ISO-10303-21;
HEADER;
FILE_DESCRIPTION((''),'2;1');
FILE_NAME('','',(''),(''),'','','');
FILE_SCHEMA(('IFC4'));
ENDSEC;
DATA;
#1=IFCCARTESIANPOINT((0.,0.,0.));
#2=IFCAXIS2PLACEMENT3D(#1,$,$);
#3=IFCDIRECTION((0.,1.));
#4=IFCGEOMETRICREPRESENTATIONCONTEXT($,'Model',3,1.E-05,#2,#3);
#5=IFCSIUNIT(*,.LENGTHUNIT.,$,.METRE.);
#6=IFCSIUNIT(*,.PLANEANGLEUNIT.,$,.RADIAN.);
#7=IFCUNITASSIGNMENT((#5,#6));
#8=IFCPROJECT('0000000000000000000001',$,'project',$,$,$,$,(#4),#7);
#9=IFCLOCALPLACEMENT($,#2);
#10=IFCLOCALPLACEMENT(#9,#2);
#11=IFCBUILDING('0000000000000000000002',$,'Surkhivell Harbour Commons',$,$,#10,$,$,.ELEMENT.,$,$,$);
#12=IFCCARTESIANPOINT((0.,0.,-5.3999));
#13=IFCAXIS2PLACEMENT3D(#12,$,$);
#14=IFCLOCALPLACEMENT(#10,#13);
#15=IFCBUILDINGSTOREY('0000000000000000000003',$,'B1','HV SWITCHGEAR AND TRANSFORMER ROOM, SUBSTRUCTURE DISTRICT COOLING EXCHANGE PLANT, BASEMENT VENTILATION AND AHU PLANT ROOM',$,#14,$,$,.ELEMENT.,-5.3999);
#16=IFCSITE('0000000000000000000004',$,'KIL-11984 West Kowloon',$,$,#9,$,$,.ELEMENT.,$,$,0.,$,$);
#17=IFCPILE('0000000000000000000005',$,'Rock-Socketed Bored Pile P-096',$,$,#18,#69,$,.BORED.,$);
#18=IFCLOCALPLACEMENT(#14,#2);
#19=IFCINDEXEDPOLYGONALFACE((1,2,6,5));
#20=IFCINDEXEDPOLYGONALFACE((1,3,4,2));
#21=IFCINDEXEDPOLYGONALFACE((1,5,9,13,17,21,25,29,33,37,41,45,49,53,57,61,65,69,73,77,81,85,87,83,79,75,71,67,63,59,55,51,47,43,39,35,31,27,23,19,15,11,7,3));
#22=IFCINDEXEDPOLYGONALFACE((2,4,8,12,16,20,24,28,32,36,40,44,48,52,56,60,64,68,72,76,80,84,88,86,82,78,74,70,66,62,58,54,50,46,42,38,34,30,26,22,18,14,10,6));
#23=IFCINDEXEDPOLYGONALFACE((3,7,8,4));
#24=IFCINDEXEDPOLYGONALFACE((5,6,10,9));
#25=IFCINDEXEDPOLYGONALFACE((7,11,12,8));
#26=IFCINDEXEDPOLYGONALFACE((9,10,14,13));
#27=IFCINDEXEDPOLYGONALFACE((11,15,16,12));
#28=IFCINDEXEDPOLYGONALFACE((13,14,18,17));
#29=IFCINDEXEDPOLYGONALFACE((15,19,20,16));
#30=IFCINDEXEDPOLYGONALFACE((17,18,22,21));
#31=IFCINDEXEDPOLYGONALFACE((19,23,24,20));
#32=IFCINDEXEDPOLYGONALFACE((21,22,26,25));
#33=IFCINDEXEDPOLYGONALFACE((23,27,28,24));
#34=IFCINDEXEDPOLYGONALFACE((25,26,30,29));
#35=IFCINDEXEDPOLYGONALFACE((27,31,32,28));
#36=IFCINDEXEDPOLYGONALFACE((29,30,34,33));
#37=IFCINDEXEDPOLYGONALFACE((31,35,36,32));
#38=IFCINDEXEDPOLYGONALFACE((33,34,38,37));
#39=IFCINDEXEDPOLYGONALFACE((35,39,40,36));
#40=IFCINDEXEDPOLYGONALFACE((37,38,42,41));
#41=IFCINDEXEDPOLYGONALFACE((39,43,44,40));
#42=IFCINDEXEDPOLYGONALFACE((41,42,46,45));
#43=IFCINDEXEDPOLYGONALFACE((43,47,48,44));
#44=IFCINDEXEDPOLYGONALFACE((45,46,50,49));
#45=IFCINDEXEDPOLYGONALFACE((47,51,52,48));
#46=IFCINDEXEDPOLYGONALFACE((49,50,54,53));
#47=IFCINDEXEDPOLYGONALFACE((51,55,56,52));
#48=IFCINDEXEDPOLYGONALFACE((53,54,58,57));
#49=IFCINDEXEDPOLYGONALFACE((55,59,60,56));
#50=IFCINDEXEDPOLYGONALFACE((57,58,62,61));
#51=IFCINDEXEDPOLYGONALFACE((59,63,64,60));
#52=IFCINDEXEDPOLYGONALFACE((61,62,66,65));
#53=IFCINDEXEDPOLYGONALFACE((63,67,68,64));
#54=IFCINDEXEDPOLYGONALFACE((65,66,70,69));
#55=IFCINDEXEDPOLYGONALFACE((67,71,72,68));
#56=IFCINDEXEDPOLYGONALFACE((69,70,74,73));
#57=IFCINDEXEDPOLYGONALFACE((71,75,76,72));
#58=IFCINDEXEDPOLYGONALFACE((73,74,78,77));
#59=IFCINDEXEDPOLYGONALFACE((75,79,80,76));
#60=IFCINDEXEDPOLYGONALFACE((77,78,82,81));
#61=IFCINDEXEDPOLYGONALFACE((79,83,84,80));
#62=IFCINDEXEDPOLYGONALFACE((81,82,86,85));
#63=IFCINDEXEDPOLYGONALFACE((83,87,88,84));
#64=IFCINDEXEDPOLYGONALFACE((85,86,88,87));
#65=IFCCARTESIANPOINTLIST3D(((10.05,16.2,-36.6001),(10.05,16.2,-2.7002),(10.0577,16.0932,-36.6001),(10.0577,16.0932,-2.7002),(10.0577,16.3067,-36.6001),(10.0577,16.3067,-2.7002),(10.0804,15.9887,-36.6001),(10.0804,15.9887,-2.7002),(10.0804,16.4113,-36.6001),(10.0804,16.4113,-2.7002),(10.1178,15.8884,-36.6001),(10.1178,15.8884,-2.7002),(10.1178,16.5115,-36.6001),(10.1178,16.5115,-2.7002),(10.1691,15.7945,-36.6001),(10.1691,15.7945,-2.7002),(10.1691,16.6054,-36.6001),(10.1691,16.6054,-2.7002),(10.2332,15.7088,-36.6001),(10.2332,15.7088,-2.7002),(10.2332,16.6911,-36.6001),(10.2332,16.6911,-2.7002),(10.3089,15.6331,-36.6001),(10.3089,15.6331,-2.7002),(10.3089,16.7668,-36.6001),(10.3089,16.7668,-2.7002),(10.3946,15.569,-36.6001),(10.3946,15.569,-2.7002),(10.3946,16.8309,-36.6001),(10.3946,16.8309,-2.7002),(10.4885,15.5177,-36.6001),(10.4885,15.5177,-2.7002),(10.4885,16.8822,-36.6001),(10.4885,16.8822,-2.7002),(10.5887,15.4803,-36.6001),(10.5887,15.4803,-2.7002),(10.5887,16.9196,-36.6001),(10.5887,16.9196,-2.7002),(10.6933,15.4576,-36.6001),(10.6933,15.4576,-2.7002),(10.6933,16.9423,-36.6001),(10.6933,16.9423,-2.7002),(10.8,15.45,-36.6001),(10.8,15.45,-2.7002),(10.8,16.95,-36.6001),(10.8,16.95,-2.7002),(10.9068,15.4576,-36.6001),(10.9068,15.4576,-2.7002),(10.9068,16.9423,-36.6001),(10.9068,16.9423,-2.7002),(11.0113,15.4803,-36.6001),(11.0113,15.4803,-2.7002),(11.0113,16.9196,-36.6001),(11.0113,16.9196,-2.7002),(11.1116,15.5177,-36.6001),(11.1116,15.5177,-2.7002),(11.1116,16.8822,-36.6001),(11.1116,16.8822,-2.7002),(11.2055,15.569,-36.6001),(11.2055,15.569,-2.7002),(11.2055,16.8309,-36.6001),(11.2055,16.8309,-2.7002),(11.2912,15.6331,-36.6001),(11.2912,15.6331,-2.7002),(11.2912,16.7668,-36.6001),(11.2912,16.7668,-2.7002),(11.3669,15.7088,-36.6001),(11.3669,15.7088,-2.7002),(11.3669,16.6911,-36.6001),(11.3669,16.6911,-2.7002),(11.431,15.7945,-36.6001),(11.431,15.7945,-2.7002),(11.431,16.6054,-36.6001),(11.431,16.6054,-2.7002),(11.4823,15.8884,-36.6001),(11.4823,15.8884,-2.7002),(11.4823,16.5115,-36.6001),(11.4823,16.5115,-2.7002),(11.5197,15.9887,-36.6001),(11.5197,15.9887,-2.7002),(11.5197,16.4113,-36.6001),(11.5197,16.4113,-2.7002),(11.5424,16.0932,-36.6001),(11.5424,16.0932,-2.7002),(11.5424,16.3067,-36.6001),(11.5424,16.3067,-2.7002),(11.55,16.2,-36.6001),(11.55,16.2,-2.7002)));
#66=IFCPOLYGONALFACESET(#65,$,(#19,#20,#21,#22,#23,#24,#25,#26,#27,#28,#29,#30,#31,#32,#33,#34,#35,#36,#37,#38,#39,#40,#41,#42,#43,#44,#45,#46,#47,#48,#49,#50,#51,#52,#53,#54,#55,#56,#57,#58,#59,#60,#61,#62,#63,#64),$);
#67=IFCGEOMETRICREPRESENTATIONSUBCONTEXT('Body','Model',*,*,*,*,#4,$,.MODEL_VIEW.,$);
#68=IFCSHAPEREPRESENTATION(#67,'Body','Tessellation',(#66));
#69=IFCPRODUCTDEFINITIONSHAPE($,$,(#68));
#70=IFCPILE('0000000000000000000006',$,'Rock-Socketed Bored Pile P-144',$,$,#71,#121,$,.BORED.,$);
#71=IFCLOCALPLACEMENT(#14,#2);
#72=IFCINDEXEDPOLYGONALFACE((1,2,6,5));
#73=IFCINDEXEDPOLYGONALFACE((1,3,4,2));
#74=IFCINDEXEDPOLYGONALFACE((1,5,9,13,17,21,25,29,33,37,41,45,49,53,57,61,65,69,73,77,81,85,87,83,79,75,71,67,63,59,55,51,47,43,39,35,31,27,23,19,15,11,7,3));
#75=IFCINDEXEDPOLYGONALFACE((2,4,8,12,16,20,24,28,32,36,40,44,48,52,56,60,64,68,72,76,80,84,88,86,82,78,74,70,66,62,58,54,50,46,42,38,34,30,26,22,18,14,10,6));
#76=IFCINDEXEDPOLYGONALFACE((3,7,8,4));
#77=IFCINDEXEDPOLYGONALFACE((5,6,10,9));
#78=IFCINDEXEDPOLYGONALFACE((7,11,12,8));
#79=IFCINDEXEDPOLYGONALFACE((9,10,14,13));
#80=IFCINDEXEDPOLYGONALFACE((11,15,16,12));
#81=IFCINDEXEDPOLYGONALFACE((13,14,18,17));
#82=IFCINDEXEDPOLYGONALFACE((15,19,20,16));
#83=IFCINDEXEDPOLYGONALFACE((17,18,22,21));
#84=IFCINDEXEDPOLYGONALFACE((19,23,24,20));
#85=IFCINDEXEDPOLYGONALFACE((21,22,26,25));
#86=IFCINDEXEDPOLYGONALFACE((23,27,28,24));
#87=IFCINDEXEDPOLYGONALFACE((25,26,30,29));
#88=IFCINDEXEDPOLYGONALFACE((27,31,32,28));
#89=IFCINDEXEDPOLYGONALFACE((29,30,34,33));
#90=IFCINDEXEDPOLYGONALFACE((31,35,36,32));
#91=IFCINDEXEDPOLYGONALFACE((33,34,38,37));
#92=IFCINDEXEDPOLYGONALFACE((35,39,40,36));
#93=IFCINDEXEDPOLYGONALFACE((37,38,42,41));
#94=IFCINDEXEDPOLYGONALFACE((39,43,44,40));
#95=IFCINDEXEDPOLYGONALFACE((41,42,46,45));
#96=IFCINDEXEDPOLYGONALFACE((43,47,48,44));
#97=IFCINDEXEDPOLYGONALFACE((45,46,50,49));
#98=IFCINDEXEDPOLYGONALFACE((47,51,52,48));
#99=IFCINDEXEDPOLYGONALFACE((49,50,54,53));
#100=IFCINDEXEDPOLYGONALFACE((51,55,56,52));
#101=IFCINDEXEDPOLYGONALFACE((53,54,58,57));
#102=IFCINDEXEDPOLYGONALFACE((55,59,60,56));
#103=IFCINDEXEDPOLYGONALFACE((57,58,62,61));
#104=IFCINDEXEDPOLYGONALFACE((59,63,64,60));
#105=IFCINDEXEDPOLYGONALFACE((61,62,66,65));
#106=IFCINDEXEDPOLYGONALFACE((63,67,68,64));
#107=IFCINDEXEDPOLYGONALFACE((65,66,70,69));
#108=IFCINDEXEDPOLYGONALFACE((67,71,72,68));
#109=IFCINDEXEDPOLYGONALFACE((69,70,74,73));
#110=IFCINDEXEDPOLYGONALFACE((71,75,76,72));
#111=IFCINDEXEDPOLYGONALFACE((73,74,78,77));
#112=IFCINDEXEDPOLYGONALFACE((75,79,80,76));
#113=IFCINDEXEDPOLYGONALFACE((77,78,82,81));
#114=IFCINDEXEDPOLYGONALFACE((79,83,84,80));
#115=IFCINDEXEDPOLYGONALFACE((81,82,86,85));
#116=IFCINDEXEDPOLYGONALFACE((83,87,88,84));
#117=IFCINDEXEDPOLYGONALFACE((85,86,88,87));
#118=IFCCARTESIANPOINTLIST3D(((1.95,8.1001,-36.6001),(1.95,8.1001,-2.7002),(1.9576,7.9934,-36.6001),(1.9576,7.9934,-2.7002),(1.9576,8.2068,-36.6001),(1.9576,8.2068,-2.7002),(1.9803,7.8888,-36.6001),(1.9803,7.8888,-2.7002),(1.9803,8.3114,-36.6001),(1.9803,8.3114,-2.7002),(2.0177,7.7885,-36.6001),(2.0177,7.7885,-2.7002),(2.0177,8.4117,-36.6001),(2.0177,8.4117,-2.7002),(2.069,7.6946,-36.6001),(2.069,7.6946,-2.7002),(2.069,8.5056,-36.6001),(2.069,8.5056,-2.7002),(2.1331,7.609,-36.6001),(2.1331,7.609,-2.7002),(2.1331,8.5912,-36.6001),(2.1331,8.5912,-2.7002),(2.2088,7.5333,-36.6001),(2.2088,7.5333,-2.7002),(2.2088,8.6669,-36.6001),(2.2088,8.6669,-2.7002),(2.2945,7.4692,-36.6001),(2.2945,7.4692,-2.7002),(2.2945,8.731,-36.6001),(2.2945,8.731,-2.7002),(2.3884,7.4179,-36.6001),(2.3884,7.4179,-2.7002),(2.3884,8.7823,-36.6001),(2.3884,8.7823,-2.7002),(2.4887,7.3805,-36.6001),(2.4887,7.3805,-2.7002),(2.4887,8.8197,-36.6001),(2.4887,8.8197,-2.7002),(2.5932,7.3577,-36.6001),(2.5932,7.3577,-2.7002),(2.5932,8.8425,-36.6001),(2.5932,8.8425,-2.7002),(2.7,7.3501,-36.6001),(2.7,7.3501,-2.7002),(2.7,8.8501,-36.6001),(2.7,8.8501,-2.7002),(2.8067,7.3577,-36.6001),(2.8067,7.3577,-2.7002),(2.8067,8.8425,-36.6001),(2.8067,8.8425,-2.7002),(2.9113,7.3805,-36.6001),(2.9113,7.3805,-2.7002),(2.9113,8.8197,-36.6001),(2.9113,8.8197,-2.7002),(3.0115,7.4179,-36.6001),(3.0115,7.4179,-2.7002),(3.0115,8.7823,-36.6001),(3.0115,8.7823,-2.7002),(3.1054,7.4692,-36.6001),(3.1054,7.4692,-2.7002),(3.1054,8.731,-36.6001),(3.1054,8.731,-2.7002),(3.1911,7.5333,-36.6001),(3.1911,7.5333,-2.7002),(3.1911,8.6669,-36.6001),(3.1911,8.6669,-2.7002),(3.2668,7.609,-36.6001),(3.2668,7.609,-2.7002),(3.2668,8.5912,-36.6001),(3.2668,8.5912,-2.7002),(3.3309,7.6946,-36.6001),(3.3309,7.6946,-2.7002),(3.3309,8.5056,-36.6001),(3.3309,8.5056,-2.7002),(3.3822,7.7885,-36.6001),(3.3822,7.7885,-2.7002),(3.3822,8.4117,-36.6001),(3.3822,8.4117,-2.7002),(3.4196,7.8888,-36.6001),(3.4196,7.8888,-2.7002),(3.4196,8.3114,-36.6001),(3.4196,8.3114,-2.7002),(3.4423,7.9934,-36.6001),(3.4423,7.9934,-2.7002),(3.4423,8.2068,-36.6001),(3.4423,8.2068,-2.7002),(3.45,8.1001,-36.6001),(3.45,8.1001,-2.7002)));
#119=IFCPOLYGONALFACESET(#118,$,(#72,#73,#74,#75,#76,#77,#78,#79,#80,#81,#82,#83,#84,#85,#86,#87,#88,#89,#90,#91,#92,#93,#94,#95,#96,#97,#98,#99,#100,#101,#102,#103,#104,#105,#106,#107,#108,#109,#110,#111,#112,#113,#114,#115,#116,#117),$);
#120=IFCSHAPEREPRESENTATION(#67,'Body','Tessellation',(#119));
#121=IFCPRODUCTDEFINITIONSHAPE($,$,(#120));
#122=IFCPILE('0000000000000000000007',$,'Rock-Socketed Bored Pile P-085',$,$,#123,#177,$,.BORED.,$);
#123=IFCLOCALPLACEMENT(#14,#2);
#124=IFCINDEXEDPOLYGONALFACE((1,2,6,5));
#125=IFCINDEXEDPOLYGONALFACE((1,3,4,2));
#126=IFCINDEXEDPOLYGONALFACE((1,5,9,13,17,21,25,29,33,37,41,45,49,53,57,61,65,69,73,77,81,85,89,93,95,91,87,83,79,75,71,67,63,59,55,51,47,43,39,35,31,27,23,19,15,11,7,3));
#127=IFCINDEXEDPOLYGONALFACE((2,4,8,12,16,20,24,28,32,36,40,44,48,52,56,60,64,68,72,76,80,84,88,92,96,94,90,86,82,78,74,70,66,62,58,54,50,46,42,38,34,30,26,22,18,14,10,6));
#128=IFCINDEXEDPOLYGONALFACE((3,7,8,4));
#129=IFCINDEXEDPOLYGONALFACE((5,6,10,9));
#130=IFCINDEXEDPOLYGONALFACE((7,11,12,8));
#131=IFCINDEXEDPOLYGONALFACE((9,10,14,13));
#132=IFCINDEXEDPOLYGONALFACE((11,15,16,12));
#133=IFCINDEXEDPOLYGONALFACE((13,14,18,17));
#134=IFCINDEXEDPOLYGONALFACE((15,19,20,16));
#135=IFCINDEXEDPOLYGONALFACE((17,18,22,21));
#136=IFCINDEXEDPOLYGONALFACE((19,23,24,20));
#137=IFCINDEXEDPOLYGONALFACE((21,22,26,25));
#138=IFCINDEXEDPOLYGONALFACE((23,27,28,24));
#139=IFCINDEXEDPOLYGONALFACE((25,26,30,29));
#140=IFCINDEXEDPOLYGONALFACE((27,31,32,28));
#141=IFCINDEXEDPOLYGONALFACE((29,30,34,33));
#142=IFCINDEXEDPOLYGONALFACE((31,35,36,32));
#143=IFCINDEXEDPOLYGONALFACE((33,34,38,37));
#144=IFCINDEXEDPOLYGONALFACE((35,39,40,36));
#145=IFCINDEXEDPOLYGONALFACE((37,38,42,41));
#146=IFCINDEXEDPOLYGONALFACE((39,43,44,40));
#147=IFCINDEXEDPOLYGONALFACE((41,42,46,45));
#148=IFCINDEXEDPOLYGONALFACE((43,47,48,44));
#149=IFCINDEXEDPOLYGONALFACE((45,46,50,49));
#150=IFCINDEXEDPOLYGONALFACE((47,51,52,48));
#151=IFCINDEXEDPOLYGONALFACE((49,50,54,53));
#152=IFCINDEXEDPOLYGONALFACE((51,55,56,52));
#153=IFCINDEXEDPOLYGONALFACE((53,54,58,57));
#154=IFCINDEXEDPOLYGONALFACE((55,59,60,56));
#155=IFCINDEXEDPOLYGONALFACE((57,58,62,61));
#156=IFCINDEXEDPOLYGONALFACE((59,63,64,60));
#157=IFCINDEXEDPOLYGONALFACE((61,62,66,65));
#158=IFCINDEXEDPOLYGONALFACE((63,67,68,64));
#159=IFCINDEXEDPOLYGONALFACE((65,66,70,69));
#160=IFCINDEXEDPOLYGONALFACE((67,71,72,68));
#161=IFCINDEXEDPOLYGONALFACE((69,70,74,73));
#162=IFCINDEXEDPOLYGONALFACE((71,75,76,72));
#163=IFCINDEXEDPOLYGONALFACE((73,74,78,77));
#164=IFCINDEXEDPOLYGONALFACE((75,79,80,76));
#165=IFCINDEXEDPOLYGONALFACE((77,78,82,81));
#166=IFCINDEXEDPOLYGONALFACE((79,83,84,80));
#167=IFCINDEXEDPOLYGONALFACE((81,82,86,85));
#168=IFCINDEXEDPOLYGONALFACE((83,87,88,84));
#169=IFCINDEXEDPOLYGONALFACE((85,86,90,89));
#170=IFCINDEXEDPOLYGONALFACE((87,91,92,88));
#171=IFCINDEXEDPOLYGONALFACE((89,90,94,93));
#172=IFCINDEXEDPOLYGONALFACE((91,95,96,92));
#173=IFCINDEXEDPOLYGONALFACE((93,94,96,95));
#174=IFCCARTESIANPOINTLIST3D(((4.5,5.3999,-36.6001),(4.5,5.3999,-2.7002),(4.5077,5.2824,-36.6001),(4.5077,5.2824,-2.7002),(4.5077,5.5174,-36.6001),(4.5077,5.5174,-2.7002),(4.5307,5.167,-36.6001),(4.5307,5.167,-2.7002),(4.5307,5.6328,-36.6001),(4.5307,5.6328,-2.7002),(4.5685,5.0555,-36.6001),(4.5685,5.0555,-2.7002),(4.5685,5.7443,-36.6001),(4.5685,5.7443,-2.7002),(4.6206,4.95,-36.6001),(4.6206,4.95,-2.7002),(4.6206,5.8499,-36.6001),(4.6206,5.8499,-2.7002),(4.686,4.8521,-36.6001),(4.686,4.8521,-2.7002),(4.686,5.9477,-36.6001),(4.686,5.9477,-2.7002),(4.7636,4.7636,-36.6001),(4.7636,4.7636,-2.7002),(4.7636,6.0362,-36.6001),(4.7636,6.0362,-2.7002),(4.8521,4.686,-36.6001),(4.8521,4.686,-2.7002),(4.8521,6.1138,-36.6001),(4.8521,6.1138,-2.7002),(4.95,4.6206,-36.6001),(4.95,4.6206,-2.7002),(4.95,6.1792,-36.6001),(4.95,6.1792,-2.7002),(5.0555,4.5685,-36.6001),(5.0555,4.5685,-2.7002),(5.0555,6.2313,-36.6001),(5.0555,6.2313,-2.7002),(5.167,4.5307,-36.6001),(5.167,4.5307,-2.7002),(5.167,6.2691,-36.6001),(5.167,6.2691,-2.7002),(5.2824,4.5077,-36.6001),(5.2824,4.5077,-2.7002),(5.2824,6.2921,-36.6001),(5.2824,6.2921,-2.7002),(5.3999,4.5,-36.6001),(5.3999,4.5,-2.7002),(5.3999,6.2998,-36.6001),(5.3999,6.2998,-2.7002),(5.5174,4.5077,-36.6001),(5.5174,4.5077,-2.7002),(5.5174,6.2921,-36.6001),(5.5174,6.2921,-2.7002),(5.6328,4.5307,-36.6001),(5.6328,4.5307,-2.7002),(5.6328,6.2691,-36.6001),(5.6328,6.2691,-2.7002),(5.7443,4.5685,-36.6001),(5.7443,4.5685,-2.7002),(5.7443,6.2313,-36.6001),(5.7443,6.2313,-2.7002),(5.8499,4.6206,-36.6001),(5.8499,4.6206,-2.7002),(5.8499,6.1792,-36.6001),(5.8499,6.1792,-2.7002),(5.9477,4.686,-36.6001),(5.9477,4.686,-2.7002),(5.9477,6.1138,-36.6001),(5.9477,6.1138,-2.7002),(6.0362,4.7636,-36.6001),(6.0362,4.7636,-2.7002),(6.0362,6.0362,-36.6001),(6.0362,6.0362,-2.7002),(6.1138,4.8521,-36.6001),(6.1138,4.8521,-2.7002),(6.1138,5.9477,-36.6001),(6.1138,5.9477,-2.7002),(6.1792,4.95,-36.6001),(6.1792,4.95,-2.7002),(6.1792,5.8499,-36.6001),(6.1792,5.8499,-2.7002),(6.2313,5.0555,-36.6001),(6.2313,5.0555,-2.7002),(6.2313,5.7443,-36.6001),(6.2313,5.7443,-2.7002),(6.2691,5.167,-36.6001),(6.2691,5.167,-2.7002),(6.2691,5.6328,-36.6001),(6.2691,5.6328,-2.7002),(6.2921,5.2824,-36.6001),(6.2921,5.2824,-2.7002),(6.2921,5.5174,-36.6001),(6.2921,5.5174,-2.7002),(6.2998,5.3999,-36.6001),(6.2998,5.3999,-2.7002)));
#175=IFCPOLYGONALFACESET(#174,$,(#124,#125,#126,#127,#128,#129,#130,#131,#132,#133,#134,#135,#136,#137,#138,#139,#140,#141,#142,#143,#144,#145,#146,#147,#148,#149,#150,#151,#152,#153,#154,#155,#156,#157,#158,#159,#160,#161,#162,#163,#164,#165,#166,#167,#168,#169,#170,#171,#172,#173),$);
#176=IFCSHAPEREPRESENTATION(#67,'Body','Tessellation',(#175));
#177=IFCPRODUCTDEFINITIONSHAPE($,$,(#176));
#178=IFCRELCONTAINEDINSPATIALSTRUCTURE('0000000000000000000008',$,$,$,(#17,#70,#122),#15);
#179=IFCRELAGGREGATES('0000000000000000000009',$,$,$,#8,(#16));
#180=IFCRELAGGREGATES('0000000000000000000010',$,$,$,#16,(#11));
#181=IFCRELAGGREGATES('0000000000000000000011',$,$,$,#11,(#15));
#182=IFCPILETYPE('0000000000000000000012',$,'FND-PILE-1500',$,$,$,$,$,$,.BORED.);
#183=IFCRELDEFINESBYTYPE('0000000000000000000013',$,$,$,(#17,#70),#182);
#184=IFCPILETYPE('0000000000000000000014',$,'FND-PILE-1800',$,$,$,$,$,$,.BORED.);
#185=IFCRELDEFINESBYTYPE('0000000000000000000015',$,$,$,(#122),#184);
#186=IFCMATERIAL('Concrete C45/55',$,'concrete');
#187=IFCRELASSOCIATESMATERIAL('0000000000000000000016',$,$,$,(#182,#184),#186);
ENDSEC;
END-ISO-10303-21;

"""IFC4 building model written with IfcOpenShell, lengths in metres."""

from ifc_helpers import new_model, si_unit, direction, frame, origin, origin_2d, place, context, subcontext, project, spatial, circle, extrude, material, material_profile, profile_set, type_object, element, save


model = new_model("IFC4")

# Units and contexts
model_context = context("Model", 3, precision=1e-05, world=origin(), true_north=direction((0.0, 1.0)))
body_context = subcontext(model_context, "Body", "Model", "MODEL_VIEW")
ifc_project = project(units=[si_unit("LENGTHUNIT", "METRE"), si_unit("PLANEANGLEUNIT", "RADIAN")], contexts=[model_context])

# Site, building, storey
site_placement = place(None, origin())
site = spatial("IfcSite", under=ifc_project, at=site_placement, Name="KIL-11984 West Kowloon", CompositionType="ELEMENT", RefElevation=0.0)
building_placement = place(site_placement, origin())
building = spatial("IfcBuilding", under=site, at=building_placement, Name="Surkhivell Harbour Commons", CompositionType="ELEMENT")
storey_placement = place(building_placement, frame((0.0, 0.0, -5.3999)))
storey = spatial("IfcBuildingStorey", under=building, at=storey_placement, Name="B1", Description="HV SWITCHGEAR AND TRANSFORMER ROOM, SUBSTRUCTURE DISTRICT COOLING EXCHANGE PLANT, BASEMENT VENTILATION AND AHU PLANT ROOM", CompositionType="ELEMENT", Elevation=-5.3999)

# Piles
ifc_material_1 = material(Name="Concrete C45/55", Category="concrete")
ifc_material_profile_1 = material_profile(ifc_material_1, circle(Radius=0.75, at=origin_2d()), Name="PILE-1500")
ifc_profile_set_1 = profile_set([ifc_material_profile_1], Name="Concrete C45/55")
pile_type_1 = type_object("IfcPileType", Name="FND-PILE-1500", PredefinedType="BORED", material=ifc_profile_set_1)
for number, where, z_axis, x_axis, name in (
    (1, (10.8, 16.2, -2.7002), (0.0, 0.0, -1.0), (1.0, 0.0, 0.0), "Rock-Socketed Bored Pile P-096"),
    (2, (2.7, 8.1001, -2.7002), (0.0, 0.0, -1.0), (1.0, 0.0, 0.0), "Rock-Socketed Bored Pile P-144"),
):
    element("IfcPile", number, at=place(storey_placement, frame(where, z_axis=z_axis, x_axis=x_axis)), inside=storey, type_object=pile_type_1, Name=name, PredefinedType="BORED", context=body_context, shape_type="SweptSolid", body=[
        extrude(circle(Radius=0.75, at=origin_2d()), origin(), (0.0, 0.0, 1.0), 33.8999),
    ])
ifc_material_profile_2 = material_profile(ifc_material_1, circle(Radius=0.8999, at=origin_2d()), Name="PILE-1800")
ifc_profile_set_2 = profile_set([ifc_material_profile_2], Name="Concrete C45/55")
pile_type_2 = type_object("IfcPileType", Name="FND-PILE-1800", PredefinedType="BORED", material=ifc_profile_set_2)
for number, where, z_axis, x_axis, name in (
    (3, (5.3999, 5.3999, -2.7002), (0.0, 0.0, -1.0), (1.0, 0.0, 0.0), "Rock-Socketed Bored Pile P-085"),
):
    element("IfcPile", number, at=place(storey_placement, frame(where, z_axis=z_axis, x_axis=x_axis)), inside=storey, type_object=pile_type_2, Name=name, PredefinedType="BORED", context=body_context, shape_type="SweptSolid", body=[
        extrude(circle(Radius=0.8999, at=origin_2d()), origin(), (0.0, 0.0, 1.0), 33.8999),
    ])

save(model, "model.ifc")
